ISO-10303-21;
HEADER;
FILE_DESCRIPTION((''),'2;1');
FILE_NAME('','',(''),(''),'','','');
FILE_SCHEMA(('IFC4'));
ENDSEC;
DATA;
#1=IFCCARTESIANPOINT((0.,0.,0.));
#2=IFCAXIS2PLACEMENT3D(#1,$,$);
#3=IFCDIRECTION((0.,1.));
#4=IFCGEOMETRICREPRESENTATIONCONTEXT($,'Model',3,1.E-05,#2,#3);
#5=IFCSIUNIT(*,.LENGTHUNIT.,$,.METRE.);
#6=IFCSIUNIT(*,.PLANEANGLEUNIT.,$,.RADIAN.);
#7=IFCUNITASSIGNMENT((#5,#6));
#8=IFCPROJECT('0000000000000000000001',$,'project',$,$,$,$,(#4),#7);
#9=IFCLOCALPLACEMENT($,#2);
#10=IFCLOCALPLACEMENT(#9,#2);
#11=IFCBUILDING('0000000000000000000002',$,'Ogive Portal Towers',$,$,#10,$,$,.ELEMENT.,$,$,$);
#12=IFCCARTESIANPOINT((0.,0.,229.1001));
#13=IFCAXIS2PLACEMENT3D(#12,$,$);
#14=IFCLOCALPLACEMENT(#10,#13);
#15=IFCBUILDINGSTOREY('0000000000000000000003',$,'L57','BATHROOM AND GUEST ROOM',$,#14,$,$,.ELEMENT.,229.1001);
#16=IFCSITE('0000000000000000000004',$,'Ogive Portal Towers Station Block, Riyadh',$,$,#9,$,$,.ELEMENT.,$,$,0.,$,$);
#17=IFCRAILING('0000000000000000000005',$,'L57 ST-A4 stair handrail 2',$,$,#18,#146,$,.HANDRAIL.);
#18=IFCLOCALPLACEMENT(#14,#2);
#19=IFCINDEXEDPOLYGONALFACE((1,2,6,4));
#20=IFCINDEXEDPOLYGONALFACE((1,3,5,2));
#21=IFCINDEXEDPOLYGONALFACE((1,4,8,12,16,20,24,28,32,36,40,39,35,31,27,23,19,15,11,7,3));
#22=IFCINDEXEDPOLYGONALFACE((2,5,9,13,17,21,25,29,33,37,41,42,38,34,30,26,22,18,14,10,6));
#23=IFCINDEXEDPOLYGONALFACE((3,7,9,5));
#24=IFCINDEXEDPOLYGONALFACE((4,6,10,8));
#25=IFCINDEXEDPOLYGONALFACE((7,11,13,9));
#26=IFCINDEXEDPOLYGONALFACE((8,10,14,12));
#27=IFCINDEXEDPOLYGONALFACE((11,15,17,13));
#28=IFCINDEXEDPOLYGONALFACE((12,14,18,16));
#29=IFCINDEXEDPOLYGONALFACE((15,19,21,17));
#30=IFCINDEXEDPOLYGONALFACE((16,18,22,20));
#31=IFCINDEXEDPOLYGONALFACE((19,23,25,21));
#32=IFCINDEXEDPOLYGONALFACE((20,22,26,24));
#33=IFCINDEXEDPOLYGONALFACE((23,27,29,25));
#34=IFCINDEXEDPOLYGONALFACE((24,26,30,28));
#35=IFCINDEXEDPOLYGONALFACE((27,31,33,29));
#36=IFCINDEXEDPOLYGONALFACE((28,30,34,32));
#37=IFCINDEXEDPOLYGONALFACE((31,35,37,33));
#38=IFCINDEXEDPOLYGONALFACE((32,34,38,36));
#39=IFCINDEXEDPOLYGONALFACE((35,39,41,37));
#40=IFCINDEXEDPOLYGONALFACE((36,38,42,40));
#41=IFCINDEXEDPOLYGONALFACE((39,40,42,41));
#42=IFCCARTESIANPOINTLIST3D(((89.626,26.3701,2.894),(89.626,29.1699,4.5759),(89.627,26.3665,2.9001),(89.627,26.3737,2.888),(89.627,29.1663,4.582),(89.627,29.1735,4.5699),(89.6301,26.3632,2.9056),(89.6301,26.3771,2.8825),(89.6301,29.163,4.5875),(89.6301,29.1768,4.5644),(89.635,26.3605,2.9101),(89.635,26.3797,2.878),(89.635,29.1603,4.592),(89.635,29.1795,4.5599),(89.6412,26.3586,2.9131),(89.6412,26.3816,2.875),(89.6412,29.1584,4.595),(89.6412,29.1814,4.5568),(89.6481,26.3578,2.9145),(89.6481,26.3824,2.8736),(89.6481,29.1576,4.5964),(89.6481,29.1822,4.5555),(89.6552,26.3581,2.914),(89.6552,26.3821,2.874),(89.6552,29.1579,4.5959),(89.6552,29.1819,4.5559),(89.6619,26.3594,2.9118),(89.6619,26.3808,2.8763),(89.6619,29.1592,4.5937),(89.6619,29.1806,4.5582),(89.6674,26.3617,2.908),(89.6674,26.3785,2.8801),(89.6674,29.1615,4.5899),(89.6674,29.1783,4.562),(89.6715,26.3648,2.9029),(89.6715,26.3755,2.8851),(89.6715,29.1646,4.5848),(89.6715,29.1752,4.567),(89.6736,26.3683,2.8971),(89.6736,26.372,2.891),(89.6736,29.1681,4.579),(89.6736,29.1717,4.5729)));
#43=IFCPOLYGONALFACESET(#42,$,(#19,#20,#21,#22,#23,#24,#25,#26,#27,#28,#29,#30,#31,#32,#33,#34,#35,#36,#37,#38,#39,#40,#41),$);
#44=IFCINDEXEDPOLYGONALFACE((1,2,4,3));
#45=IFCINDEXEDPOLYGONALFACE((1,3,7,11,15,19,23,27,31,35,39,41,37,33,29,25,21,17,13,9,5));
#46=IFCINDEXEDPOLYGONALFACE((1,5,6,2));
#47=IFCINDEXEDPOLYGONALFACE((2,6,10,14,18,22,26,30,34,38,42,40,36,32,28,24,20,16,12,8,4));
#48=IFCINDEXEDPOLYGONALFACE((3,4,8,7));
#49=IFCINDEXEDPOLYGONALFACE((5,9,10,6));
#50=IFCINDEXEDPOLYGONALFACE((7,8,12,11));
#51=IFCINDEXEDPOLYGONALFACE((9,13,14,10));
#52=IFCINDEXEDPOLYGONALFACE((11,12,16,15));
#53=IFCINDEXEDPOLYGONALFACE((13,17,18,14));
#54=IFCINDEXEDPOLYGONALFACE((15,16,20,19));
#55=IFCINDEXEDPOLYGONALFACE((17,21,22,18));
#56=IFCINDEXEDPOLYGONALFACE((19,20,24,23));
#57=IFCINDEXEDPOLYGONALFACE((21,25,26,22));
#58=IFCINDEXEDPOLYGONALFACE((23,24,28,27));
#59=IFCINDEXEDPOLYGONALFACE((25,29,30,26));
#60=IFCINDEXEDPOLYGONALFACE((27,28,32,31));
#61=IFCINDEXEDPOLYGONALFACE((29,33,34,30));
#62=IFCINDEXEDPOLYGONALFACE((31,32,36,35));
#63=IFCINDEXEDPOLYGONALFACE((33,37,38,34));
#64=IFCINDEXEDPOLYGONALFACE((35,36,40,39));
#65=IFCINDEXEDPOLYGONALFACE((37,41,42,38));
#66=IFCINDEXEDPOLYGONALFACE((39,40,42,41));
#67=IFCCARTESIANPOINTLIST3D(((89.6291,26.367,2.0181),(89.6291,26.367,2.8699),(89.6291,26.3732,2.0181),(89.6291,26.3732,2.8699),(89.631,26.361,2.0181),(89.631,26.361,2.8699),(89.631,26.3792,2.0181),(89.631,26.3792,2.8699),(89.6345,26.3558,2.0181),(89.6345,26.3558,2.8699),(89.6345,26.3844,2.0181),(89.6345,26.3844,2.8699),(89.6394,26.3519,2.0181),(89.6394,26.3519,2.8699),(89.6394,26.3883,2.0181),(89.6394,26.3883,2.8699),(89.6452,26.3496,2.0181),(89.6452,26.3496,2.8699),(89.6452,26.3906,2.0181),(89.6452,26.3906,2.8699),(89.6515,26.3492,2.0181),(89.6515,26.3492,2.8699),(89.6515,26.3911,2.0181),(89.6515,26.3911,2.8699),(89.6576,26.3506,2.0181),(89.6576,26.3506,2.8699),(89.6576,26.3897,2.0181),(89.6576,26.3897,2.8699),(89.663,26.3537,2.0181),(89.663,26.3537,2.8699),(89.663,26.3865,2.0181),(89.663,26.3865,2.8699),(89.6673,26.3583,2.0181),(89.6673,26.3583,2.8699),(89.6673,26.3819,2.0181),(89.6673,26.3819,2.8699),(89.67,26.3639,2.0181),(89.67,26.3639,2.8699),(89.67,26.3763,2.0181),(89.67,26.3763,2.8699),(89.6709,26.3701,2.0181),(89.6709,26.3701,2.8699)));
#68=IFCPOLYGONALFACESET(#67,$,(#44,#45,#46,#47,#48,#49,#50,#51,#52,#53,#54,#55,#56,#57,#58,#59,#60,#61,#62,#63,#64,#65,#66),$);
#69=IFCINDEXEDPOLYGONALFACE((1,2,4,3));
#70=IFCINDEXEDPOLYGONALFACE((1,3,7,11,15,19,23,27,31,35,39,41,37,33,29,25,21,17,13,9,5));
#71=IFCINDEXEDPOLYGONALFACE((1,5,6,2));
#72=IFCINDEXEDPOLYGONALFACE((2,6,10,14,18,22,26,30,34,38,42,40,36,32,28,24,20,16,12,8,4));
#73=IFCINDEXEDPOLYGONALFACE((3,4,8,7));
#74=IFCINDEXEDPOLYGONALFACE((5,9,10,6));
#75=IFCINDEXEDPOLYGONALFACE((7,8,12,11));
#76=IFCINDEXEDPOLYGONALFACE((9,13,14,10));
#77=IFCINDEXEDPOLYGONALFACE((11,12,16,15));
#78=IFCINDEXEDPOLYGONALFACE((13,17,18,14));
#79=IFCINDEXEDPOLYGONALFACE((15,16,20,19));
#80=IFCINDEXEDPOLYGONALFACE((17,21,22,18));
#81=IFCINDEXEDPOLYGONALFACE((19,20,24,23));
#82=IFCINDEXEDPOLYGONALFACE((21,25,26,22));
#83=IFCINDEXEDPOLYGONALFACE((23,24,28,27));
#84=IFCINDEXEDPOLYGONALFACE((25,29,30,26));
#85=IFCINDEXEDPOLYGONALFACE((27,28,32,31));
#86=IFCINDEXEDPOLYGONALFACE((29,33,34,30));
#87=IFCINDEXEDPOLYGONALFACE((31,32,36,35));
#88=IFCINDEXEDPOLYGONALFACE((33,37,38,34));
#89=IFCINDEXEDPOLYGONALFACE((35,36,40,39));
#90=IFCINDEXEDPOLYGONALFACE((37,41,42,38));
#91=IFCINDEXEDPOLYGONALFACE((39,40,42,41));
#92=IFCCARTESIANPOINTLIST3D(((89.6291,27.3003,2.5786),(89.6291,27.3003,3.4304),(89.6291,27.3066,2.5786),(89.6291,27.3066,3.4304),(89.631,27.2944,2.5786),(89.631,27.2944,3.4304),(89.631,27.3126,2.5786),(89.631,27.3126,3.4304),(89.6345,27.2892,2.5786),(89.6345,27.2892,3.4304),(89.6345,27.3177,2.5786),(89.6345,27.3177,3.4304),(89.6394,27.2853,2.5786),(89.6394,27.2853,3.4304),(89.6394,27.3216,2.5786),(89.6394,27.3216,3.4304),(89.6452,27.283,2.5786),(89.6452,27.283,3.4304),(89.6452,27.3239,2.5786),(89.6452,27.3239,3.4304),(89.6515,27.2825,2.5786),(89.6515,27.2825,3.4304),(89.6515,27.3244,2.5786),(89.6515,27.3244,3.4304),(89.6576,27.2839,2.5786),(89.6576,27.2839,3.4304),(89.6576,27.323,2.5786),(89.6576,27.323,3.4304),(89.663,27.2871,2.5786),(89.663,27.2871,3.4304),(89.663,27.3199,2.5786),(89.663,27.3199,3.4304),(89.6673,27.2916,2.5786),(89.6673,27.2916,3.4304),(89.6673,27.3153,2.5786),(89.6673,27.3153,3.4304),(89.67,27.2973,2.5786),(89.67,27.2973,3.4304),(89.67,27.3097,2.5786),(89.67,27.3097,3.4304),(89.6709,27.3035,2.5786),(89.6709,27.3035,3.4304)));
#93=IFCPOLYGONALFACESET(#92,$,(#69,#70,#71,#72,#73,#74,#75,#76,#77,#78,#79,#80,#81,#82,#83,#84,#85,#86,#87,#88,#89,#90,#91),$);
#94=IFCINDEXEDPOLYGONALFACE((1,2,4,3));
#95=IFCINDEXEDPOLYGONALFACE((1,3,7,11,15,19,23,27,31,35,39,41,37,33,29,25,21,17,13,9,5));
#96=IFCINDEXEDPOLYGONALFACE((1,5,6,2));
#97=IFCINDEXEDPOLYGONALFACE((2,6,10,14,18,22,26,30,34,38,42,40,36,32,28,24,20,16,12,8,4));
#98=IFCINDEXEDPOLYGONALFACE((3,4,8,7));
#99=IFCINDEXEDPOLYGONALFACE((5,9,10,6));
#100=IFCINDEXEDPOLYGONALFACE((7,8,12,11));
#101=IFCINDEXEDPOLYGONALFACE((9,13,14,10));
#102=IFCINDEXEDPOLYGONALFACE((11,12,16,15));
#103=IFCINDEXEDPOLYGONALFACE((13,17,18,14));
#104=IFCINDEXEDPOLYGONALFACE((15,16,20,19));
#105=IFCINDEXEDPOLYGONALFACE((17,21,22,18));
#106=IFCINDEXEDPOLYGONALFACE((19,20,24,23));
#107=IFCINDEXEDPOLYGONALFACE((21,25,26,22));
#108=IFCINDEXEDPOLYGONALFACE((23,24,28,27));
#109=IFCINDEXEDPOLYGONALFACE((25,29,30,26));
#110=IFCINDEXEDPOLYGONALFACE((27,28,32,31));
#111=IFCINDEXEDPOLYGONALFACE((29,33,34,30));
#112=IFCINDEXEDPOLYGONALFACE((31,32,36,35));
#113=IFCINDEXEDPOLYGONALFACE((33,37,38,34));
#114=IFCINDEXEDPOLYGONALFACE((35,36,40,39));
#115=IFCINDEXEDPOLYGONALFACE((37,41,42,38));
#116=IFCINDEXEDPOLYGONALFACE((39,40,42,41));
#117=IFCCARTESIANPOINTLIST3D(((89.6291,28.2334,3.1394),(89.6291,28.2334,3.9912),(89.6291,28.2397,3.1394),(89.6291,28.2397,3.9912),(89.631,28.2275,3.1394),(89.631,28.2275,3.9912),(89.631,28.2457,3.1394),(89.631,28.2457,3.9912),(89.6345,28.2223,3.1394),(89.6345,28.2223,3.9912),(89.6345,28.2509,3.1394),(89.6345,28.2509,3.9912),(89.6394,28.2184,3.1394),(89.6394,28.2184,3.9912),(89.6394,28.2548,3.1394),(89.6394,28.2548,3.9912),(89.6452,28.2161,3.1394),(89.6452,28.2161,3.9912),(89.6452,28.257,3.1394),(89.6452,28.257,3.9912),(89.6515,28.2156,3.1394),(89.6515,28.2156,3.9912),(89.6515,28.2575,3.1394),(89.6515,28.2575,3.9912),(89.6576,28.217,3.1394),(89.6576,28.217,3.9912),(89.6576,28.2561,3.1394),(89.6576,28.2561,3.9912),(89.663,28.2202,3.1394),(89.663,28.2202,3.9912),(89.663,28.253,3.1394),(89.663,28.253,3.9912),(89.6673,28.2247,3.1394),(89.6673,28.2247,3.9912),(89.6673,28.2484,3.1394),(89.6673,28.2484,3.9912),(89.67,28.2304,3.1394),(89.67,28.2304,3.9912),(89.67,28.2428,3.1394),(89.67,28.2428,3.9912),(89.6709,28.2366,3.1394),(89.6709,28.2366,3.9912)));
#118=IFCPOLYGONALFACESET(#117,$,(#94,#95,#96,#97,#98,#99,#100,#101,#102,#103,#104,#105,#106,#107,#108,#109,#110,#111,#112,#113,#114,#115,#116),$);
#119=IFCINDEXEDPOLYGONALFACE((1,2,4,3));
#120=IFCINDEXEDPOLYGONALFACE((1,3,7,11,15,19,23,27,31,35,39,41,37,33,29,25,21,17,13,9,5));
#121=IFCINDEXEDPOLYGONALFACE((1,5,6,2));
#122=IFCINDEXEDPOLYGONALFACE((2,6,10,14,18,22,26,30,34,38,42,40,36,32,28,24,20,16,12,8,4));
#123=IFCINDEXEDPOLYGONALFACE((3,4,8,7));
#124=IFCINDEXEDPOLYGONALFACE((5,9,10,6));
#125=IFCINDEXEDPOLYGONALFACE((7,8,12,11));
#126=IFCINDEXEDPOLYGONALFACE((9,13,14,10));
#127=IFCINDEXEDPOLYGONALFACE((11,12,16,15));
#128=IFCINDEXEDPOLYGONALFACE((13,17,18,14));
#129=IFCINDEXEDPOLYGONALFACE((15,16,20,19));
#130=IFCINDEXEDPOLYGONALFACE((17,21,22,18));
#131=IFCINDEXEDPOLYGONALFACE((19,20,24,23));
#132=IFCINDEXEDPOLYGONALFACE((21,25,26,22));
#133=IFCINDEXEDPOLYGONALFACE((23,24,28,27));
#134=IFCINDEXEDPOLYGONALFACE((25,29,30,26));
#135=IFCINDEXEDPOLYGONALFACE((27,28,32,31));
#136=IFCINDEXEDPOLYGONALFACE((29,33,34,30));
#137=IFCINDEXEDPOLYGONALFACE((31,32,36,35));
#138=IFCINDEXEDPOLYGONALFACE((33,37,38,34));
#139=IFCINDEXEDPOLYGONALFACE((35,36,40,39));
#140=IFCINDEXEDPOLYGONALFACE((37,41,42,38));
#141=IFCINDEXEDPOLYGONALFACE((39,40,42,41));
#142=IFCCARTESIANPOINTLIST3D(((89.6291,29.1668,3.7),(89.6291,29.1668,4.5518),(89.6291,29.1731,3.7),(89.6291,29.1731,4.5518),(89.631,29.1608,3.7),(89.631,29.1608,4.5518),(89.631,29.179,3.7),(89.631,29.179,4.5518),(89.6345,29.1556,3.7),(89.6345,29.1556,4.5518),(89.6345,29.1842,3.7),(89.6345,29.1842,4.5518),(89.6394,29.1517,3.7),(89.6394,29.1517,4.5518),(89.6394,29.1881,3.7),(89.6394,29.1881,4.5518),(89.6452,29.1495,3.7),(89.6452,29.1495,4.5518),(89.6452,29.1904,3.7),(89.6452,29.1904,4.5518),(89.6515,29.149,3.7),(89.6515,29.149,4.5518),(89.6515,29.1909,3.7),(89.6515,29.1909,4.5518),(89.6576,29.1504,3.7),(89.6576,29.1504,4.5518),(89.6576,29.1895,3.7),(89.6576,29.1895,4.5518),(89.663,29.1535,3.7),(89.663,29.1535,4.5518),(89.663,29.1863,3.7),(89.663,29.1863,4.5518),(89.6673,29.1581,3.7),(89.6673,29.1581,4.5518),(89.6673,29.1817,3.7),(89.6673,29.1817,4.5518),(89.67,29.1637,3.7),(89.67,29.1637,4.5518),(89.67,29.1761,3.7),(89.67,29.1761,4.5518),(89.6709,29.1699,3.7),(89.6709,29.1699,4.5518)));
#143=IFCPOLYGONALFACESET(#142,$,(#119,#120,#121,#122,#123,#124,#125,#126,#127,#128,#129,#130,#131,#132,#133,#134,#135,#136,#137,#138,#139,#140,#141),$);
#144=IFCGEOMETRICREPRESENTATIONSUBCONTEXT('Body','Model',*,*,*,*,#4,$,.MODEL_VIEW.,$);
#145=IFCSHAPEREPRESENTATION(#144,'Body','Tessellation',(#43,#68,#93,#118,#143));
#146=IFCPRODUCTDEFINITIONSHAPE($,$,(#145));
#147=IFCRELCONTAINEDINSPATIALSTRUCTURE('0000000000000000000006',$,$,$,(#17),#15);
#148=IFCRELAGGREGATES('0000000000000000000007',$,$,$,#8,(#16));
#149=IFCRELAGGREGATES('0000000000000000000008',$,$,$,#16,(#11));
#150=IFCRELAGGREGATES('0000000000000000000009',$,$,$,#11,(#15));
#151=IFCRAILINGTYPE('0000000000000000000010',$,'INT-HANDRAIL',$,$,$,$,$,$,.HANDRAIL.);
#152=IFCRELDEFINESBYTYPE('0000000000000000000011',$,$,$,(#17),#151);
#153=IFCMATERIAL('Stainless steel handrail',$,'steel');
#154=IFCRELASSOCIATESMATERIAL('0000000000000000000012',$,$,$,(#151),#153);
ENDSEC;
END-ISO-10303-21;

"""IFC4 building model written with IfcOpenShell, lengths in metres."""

from ifc_helpers import new_model, si_unit, direction, frame, origin, origin_2d, place, context, subcontext, project, spatial, circle, extrude, material, type_object, element, save


model = new_model("IFC4")

# Units and contexts
model_context = context("Model", 3, precision=1e-05, world=origin(), true_north=direction((0.0, 1.0)))
body_context = subcontext(model_context, "Body", "Model", "MODEL_VIEW")
ifc_project = project(units=[si_unit("LENGTHUNIT", "METRE"), si_unit("PLANEANGLEUNIT", "RADIAN")], contexts=[model_context])

# Site, building, storey
site_placement = place(None, origin())
site = spatial("IfcSite", under=ifc_project, at=site_placement, Name="Ogive Portal Towers Station Block, Riyadh", CompositionType="ELEMENT", RefElevation=0.0)
building_placement = place(site_placement, origin())
building = spatial("IfcBuilding", under=site, at=building_placement, Name="Ogive Portal Towers", CompositionType="ELEMENT")
storey_placement = place(building_placement, frame((0.0, 0.0, 229.1001)))
storey = spatial("IfcBuildingStorey", under=building, at=storey_placement, Name="L57", Description="BATHROOM AND GUEST ROOM", CompositionType="ELEMENT", Elevation=229.1001)

# Railing
ifc_material_1 = material(Name="Stainless steel handrail", Category="steel")
railing_type_1 = type_object("IfcRailingType", Name="INT-HANDRAIL", PredefinedType="HANDRAIL", material=ifc_material_1)
railing_1_placement = place(storey_placement, frame((89.6499, 26.3701, 2.0181)))
element("IfcRailing", 1, at=railing_1_placement, inside=storey, type_object=railing_type_1, Name="L57 ST-A4 stair handrail 2", PredefinedType="HANDRAIL", context=body_context, shape_type="SweptSolid", body=[
    extrude(circle(Radius=0.0239, at=origin_2d()), frame((0.0, 0.0, 0.876), z_axis=(0.0, 0.857222, 0.514946), x_axis=(-1.0, 0.0, 0.0)), (0.0, 0.0, 1.0), 3.2661),
    extrude(circle(Radius=0.021, at=origin_2d()), origin(), (0.0, 0.0, 1.0), 0.8518),
    extrude(circle(Radius=0.021, at=origin_2d()), frame((0.0, 0.9333, 0.5605)), (0.0, 0.0, 1.0), 0.8518),
    extrude(circle(Radius=0.021, at=origin_2d()), frame((0.0, 1.8665, 1.1213)), (0.0, 0.0, 1.0), 0.8518),
    extrude(circle(Radius=0.021, at=origin_2d()), frame((0.0, 2.7998, 1.6819)), (0.0, 0.0, 1.0), 0.8518),
])

save(model, "model.ifc")
